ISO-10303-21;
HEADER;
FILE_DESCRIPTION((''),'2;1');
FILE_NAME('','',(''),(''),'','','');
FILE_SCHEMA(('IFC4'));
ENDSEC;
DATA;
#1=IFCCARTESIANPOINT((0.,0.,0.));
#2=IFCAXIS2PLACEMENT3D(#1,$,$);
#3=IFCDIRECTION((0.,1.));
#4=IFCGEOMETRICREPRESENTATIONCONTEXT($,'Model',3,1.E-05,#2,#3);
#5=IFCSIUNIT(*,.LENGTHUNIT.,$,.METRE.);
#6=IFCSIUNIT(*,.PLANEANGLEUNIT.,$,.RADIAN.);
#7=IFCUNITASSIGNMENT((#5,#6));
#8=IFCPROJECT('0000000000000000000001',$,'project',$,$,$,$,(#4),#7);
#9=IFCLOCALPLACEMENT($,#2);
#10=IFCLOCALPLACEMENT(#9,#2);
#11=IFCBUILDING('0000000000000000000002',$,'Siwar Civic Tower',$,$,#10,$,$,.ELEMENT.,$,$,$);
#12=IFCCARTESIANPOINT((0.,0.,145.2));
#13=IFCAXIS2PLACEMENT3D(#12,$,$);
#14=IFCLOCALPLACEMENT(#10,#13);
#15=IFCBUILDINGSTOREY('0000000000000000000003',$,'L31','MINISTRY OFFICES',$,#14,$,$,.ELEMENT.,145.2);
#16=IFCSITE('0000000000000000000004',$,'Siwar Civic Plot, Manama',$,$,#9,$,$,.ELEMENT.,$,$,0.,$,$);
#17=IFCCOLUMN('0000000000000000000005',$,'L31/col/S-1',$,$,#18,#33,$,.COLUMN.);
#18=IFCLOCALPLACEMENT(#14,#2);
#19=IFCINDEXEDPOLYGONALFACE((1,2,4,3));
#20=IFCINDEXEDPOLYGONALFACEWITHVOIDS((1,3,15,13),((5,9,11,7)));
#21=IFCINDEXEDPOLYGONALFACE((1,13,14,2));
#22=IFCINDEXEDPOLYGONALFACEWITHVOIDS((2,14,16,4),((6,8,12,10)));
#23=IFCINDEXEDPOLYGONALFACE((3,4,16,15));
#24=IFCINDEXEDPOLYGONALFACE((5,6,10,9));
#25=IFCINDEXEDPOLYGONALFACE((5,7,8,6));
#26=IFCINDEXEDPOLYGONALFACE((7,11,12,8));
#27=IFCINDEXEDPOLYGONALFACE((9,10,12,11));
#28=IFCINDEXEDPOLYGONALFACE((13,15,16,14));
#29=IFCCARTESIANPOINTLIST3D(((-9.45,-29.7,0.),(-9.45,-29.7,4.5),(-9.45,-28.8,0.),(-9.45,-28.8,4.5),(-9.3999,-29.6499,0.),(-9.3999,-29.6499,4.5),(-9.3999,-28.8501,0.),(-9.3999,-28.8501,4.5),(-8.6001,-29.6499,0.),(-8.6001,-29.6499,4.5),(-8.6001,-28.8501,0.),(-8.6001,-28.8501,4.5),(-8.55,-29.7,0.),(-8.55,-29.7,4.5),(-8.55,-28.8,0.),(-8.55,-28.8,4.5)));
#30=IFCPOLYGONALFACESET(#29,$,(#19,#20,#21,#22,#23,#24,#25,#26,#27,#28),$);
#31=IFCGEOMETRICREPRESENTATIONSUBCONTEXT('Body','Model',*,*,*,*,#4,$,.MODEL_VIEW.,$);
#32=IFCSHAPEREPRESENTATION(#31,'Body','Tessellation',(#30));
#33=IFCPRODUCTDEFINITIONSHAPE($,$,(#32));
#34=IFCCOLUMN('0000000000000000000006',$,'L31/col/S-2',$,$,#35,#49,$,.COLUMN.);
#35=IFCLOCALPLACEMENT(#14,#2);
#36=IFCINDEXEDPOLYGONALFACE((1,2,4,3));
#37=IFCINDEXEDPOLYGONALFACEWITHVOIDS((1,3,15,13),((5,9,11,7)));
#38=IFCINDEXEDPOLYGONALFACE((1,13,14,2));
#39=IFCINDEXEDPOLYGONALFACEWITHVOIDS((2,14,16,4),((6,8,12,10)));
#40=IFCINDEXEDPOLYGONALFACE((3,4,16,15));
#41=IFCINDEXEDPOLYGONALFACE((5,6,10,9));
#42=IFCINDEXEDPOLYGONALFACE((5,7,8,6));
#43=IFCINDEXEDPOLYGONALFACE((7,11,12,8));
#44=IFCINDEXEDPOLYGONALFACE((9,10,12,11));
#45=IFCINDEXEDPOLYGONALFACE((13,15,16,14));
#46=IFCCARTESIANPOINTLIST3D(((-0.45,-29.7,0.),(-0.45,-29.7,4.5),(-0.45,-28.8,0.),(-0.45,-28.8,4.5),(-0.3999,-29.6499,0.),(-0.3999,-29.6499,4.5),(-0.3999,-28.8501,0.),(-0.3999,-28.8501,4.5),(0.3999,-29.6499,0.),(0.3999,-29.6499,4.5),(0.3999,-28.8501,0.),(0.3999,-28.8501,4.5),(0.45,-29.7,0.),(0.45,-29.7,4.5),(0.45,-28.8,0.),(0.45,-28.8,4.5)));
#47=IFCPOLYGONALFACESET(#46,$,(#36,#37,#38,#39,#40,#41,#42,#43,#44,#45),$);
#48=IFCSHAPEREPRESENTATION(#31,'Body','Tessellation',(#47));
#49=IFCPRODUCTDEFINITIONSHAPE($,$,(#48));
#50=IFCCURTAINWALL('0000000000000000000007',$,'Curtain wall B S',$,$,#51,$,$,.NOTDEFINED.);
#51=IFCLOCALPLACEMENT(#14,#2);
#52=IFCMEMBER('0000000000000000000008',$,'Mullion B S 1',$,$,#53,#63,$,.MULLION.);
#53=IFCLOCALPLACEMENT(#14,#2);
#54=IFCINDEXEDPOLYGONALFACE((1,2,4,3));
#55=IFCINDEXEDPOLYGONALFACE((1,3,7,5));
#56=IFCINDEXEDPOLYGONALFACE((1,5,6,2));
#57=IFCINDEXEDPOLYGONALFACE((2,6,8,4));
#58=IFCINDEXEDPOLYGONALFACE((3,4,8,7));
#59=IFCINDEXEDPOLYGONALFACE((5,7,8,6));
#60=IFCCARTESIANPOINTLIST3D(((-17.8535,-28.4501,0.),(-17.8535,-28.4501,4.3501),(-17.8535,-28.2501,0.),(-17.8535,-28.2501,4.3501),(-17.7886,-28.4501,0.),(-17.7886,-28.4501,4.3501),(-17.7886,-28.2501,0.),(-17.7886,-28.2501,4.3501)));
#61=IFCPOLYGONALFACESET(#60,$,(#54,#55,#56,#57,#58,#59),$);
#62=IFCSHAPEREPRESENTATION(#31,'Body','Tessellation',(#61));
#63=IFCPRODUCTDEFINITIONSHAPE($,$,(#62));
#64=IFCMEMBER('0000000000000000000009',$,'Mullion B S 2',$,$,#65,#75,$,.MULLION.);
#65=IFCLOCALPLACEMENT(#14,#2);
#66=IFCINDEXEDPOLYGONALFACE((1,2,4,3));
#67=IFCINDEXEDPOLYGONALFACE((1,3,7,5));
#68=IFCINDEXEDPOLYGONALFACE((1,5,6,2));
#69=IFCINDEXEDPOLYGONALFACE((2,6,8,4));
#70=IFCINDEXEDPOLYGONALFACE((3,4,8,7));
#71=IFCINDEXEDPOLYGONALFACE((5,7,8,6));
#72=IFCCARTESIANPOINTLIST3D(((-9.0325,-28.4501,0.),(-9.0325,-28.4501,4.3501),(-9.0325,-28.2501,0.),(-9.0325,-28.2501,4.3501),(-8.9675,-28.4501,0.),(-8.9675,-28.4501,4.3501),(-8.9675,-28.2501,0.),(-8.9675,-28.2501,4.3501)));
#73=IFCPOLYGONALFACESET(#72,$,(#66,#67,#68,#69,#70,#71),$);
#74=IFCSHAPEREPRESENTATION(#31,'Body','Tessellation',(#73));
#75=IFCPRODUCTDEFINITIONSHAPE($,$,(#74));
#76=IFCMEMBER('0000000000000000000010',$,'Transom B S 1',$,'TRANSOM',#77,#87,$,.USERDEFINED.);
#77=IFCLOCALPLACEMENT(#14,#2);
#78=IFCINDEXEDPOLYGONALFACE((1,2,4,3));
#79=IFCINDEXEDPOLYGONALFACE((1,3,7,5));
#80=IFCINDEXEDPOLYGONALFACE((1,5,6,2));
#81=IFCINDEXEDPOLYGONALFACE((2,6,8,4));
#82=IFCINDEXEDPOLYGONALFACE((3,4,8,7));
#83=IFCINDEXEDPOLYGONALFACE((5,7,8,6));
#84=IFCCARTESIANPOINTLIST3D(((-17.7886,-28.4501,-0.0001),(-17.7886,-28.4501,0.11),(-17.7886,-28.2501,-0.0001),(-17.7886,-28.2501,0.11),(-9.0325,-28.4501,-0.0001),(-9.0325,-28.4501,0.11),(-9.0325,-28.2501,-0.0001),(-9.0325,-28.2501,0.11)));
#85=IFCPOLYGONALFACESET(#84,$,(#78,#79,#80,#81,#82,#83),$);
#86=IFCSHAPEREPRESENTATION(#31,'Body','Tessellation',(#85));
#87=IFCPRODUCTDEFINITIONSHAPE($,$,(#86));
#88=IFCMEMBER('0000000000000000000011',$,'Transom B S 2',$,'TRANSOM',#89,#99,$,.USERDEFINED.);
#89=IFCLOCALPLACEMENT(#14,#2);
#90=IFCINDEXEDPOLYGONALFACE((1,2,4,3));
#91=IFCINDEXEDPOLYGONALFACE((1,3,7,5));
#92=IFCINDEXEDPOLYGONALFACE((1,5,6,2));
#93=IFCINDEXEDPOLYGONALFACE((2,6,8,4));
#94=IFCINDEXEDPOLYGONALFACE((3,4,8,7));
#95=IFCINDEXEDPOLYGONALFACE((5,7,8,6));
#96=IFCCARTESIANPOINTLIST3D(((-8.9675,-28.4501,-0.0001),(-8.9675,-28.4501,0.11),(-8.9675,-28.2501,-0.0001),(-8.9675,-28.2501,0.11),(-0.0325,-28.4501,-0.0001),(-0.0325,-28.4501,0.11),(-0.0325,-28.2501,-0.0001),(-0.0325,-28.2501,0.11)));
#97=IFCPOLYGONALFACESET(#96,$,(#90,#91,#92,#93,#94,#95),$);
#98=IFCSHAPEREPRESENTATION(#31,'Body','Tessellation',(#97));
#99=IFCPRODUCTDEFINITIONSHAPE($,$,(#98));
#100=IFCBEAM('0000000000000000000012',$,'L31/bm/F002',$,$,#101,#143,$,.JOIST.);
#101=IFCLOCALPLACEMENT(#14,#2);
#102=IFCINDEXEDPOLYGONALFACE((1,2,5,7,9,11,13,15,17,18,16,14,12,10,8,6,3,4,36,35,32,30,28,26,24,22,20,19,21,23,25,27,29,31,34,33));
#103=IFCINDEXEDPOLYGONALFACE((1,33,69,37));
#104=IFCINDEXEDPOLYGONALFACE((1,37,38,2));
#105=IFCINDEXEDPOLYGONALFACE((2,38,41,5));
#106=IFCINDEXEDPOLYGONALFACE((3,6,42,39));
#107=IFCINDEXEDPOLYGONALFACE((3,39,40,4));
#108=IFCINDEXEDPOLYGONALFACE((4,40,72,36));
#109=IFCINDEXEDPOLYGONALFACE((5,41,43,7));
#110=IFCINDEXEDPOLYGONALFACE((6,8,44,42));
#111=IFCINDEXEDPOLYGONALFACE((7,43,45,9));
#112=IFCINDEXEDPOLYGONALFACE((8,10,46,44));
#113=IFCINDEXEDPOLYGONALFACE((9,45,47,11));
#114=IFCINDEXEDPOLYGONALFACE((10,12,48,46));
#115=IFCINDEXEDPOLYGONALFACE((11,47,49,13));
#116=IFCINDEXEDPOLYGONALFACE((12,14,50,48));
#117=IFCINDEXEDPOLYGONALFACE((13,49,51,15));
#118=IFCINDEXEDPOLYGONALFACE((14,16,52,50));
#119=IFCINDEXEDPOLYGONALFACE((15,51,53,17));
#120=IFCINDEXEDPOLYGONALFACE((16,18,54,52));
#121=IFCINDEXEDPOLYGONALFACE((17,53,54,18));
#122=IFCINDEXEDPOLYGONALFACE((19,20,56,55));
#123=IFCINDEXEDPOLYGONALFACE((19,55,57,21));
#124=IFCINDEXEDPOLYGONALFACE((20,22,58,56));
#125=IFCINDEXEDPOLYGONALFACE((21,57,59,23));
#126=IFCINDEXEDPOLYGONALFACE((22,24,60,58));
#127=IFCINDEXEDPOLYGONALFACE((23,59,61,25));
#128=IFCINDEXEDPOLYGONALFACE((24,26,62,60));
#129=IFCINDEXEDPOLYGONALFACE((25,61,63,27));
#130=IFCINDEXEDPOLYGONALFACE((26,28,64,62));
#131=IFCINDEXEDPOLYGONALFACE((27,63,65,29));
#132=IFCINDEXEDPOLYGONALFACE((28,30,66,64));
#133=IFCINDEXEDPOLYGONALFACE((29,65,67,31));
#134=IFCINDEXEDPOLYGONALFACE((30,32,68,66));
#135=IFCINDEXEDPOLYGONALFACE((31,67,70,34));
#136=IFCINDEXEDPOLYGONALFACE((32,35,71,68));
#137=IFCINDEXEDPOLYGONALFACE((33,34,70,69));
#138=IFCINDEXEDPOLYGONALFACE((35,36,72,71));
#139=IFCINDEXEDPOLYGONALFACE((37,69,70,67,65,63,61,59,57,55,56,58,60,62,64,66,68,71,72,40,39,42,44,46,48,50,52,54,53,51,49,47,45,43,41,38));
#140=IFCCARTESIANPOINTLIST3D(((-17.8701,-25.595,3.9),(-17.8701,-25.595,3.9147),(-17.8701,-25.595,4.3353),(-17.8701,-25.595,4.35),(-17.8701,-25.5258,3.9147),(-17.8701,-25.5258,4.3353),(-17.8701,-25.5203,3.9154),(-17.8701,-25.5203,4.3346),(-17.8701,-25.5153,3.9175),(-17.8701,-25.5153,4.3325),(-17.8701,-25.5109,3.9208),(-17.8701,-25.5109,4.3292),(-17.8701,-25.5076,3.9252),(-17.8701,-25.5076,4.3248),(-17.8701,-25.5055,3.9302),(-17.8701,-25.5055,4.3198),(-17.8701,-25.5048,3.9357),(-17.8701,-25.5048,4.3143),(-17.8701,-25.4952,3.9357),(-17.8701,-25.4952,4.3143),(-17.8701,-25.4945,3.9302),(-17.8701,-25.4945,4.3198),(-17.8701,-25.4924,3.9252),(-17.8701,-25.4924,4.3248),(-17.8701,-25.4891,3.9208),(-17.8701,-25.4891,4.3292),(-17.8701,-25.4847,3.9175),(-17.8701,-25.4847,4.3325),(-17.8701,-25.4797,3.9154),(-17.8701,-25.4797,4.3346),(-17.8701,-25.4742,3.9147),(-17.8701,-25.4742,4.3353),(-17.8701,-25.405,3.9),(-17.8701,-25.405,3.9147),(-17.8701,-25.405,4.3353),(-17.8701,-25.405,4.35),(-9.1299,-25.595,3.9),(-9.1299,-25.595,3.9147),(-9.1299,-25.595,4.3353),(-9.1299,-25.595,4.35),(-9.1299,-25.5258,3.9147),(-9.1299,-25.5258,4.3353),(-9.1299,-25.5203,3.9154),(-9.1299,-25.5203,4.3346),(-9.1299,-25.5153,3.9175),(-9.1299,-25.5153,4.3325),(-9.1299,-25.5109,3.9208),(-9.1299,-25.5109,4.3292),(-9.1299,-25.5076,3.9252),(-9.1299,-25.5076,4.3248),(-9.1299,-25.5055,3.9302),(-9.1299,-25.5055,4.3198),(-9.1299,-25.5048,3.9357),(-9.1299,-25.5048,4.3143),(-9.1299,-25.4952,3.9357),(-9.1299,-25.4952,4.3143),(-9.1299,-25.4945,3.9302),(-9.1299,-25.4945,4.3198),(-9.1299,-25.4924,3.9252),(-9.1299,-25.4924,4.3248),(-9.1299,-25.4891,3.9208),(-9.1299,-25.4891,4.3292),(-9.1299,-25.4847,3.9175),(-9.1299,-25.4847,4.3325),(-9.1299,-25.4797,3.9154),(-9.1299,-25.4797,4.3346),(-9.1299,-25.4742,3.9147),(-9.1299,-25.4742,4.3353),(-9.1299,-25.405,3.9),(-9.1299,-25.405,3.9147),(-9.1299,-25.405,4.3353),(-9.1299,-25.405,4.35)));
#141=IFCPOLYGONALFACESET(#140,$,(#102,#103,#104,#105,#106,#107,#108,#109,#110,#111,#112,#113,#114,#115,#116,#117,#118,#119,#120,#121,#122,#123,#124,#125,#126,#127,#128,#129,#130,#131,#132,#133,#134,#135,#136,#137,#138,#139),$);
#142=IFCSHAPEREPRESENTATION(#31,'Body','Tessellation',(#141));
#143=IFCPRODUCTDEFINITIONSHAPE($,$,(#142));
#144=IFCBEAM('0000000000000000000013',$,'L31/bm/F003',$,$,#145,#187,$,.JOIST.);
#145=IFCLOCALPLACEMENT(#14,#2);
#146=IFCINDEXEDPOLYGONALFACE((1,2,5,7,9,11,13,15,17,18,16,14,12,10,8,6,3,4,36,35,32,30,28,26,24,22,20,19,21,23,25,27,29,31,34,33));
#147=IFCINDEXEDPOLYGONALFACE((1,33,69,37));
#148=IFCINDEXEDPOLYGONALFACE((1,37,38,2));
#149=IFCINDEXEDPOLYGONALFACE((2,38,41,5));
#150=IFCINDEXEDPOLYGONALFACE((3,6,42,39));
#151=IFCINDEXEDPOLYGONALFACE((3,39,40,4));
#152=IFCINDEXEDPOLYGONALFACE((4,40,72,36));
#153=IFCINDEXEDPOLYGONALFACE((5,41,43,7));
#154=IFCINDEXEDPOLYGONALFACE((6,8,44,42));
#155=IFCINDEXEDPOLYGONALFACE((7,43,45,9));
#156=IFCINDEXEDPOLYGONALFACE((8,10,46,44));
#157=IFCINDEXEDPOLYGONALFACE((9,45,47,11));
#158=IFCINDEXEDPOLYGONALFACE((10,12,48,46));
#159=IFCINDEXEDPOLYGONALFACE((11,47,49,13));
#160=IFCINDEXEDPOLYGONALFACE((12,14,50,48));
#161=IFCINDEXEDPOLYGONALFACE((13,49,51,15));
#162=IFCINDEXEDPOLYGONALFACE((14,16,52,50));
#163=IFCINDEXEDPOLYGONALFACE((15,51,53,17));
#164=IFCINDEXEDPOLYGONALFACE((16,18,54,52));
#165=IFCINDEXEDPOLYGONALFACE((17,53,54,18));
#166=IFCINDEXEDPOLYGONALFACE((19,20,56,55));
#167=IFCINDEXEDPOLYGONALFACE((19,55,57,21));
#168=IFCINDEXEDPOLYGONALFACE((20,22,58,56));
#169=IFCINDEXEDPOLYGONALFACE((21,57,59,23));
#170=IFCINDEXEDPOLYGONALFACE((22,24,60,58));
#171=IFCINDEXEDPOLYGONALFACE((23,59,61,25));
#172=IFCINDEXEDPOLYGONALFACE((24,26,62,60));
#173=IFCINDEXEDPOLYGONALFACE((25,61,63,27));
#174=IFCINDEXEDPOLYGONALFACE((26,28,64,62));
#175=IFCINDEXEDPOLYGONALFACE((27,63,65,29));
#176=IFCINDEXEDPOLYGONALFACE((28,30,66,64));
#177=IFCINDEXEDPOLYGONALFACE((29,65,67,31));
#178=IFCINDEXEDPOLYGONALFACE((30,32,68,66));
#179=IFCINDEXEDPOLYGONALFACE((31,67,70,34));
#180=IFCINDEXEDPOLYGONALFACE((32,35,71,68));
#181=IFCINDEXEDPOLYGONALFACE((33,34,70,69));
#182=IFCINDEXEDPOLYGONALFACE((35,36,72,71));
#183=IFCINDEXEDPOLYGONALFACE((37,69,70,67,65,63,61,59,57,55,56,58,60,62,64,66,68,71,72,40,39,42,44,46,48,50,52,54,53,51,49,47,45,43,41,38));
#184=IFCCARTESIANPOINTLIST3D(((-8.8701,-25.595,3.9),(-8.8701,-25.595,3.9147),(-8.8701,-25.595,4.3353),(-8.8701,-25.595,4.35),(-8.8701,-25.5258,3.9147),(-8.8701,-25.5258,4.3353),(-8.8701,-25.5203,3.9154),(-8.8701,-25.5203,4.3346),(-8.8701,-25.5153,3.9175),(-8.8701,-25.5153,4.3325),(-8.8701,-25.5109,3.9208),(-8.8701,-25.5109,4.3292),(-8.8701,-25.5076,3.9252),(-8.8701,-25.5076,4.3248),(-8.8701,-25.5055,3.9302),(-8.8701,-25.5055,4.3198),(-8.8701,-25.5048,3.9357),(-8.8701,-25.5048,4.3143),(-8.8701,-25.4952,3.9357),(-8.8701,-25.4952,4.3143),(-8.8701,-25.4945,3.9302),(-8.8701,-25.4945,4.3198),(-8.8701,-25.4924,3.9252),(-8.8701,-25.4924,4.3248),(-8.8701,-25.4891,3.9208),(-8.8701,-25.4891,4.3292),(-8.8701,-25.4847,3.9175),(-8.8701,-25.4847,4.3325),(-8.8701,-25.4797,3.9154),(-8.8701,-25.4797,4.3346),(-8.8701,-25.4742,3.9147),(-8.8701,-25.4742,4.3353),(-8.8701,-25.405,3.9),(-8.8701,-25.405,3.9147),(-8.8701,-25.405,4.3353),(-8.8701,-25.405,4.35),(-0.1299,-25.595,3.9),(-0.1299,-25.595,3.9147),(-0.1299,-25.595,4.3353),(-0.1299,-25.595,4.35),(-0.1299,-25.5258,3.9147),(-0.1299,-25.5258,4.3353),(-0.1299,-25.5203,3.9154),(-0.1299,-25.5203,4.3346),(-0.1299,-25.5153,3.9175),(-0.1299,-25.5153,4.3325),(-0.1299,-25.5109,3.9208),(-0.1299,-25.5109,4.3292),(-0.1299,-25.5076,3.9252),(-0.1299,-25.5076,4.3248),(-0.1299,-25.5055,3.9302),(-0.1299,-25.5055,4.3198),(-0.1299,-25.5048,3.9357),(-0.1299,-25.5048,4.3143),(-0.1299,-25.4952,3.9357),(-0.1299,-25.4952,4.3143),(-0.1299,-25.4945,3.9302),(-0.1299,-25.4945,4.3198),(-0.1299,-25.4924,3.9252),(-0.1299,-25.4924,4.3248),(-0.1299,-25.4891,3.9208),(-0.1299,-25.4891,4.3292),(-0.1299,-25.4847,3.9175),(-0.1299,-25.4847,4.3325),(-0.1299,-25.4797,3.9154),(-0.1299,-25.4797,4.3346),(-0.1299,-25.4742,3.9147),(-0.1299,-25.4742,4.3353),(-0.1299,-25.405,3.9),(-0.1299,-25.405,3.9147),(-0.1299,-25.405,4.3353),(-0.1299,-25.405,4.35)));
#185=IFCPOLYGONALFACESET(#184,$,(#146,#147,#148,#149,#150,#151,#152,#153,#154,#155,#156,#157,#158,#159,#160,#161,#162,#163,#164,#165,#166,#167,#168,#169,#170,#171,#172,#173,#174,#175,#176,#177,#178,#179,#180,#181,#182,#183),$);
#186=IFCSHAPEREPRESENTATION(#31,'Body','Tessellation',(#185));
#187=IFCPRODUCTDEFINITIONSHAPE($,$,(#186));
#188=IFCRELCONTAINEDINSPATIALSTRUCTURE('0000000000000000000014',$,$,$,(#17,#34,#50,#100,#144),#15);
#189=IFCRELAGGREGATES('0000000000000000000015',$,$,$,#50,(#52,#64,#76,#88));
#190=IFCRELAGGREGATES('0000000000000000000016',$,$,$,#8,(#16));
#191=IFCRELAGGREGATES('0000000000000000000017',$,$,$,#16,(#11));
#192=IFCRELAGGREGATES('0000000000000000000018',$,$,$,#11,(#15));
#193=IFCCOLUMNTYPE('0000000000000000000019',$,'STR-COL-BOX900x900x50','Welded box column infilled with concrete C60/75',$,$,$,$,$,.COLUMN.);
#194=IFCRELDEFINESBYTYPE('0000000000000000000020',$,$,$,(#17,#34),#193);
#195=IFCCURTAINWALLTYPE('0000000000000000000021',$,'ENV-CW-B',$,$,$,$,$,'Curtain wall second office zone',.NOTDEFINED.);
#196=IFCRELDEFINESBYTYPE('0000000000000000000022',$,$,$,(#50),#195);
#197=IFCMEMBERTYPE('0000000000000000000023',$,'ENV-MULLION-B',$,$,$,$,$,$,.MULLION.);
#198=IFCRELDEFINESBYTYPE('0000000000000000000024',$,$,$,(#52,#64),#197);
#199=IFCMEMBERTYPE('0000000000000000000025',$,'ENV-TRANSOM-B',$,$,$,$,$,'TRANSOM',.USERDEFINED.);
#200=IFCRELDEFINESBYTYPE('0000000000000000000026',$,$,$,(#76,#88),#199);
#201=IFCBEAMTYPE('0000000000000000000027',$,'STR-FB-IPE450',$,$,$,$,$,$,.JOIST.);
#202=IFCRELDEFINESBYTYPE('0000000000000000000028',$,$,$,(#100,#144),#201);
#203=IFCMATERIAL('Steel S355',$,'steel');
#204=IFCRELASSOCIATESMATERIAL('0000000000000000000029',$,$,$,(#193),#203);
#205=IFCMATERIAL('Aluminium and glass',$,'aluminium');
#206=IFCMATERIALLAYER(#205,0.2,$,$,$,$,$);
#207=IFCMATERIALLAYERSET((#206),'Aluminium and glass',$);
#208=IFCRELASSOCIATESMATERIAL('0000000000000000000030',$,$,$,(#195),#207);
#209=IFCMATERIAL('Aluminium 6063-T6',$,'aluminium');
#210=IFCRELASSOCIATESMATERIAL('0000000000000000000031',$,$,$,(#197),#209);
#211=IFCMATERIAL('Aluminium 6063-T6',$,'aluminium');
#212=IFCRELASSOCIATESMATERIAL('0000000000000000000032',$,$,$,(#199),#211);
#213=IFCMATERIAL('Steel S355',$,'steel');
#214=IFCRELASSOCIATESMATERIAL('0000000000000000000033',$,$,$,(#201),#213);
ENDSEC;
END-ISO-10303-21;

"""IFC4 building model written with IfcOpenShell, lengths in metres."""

from ifc_helpers import new_model, si_unit, direction, frame, origin, origin_2d, place, context, subcontext, project, spatial, rectangle, hollow_rectangle, i_section, extrude, material, layer, layer_set, material_profile, profile_set, type_object, element, aggregate, save


model = new_model("IFC4")

# Units and contexts
model_context = context("Model", 3, precision=1e-05, world=origin(), true_north=direction((0.0, 1.0)))
body_context = subcontext(model_context, "Body", "Model", "MODEL_VIEW")
ifc_project = project(units=[si_unit("LENGTHUNIT", "METRE"), si_unit("PLANEANGLEUNIT", "RADIAN")], contexts=[model_context])

# Site, building, storey
site_placement = place(None, origin())
site = spatial("IfcSite", under=ifc_project, at=site_placement, Name="Siwar Civic Plot, Manama", CompositionType="ELEMENT", RefElevation=0.0)
building_placement = place(site_placement, origin())
building = spatial("IfcBuilding", under=site, at=building_placement, Name="Siwar Civic Tower", CompositionType="ELEMENT")
storey_placement = place(building_placement, frame((0.0, 0.0, 145.2)))
storey = spatial("IfcBuildingStorey", under=building, at=storey_placement, Name="L31", Description="MINISTRY OFFICES", CompositionType="ELEMENT", Elevation=145.2)

# Columns
ifc_material_1 = material(Name="Steel S355", Category="steel")
ifc_material_profile_1 = material_profile(ifc_material_1, hollow_rectangle(XDim=0.8999, YDim=0.8999, WallThickness=0.05, at=origin_2d()), Name="BOX900x900x50")
ifc_profile_set_1 = profile_set([ifc_material_profile_1], Name="Steel S355")
column_type = type_object("IfcColumnType", Name="STR-COL-BOX900x900x50", Description="Welded box column infilled with concrete C60/75", PredefinedType="COLUMN", material=ifc_profile_set_1)
for number, where, z_axis, x_axis, name in (
    (1, (-9.0, -29.25, 0.0), (0.0, 0.0, 1.0), (1.0, 0.0, 0.0), "L31/col/S-1"),
    (2, (0.0, -29.25, 0.0), (0.0, 0.0, 1.0), (1.0, 0.0, 0.0), "L31/col/S-2"),
):
    element("IfcColumn", number, at=place(storey_placement, frame(where, z_axis=z_axis, x_axis=x_axis)), inside=storey, type_object=column_type, Name=name, PredefinedType="COLUMN", context=body_context, shape_type="SweptSolid", body=[
        extrude(hollow_rectangle(XDim=0.8999, YDim=0.8999, WallThickness=0.05, at=origin_2d()), origin(), (0.0, 0.0, 1.0), 4.5),
    ])

# Curtain wall, members
ifc_material_2 = material(Name="Aluminium and glass", Category="aluminium")
ifc_layer_1 = layer(ifc_material_2, 0.2)
ifc_layer_set_1 = layer_set([ifc_layer_1], Name="Aluminium and glass")
curtain_wall_type = type_object("IfcCurtainWallType", Name="ENV-CW-B", ElementType="Curtain wall second office zone", PredefinedType="NOTDEFINED", material=ifc_layer_set_1)
curtain_wall_placement = place(storey_placement, origin())
curtain_wall = element("IfcCurtainWall", 3, at=curtain_wall_placement, inside=storey, type_object=curtain_wall_type, Name="Curtain wall B S", PredefinedType="NOTDEFINED")
ifc_material_3 = material(Name="Aluminium 6063-T6", Category="aluminium")
ifc_material_profile_2 = material_profile(ifc_material_3, rectangle(XDim=0.2, YDim=0.0649, at=origin_2d()), Name="AL 200x65")
ifc_profile_set_2 = profile_set([ifc_material_profile_2], Name="Aluminium 6063-T6")
member_type_1 = type_object("IfcMemberType", Name="ENV-MULLION-B", PredefinedType="MULLION", material=ifc_profile_set_2)
member_1_placement = place(storey_placement, frame((-17.821, -28.3501, 0.0), z_axis=(0.0, 0.0, 1.0), x_axis=(0.0, 1.0, 0.0)))
member_1 = element("IfcMember", 4, at=member_1_placement, type_object=member_type_1, Name="Mullion B S 1", PredefinedType="MULLION", context=body_context, shape_type="SweptSolid", body=[
    extrude(rectangle(XDim=0.2, YDim=0.0649, at=origin_2d()), origin(), (0.0, 0.0, 1.0), 4.3501),
])
member_2_placement = place(storey_placement, frame((-9.0, -28.3501, 0.0), z_axis=(0.0, 0.0, 1.0), x_axis=(0.0, 1.0, 0.0)))
member_2 = element("IfcMember", 5, at=member_2_placement, type_object=member_type_1, Name="Mullion B S 2", PredefinedType="MULLION", context=body_context, shape_type="SweptSolid", body=[
    extrude(rectangle(XDim=0.2, YDim=0.0649, at=origin_2d()), origin(), (0.0, 0.0, 1.0), 4.3501),
])
ifc_material_4 = material(Name="Aluminium 6063-T6", Category="aluminium")
ifc_material_profile_3 = material_profile(ifc_material_4, rectangle(XDim=0.2, YDim=0.1101, at=origin_2d()), Name="AL 200x110")
ifc_profile_set_3 = profile_set([ifc_material_profile_3], Name="Aluminium 6063-T6")
member_type_2 = type_object("IfcMemberType", Name="ENV-TRANSOM-B", ElementType="TRANSOM", PredefinedType="USERDEFINED", material=ifc_profile_set_3)
member_3_placement = place(storey_placement, frame((-17.7886, -28.3501, 0.0549), z_axis=(1.0, 0.0, 0.0), x_axis=(0.0, 1.0, 0.0)))
member_3 = element("IfcMember", 6, at=member_3_placement, type_object=member_type_2, Name="Transom B S 1", ObjectType="TRANSOM", PredefinedType="USERDEFINED", context=body_context, shape_type="SweptSolid", body=[
    extrude(rectangle(XDim=0.2, YDim=0.1101, at=origin_2d()), origin(), (0.0, 0.0, 1.0), 8.7561),
])
member_4_placement = place(storey_placement, frame((-8.9675, -28.3501, 0.0549), z_axis=(1.0, 0.0, 0.0), x_axis=(0.0, 1.0, 0.0)))
member_4 = element("IfcMember", 7, at=member_4_placement, type_object=member_type_2, Name="Transom B S 2", ObjectType="TRANSOM", PredefinedType="USERDEFINED", context=body_context, shape_type="SweptSolid", body=[
    extrude(rectangle(XDim=0.2, YDim=0.1101, at=origin_2d()), origin(), (0.0, 0.0, 1.0), 8.9351),
])

# Beams
ifc_material_5 = material(Name="Steel S355", Category="steel")
ifc_material_profile_4 = material_profile(ifc_material_5, i_section(OverallWidth=0.1899, OverallDepth=0.45, WebThickness=0.0095, FlangeThickness=0.0146, FilletRadius=0.021, at=origin_2d()), Name="IPE450")
ifc_profile_set_4 = profile_set([ifc_material_profile_4], Name="Steel S355")
beam_type_1 = type_object("IfcBeamType", Name="STR-FB-IPE450", PredefinedType="JOIST", material=ifc_profile_set_4)
for number, where, z_axis, x_axis, name in (
    (8, (-17.8701, -25.5, 4.125), (1.0, 0.0, 0.0), (0.0, 1.0, 0.0), "L31/bm/F002"),
    (9, (-8.8701, -25.5, 4.125), (1.0, 0.0, 0.0), (0.0, 1.0, 0.0), "L31/bm/F003"),
):
    element("IfcBeam", number, at=place(storey_placement, frame(where, z_axis=z_axis, x_axis=x_axis)), inside=storey, type_object=beam_type_1, Name=name, PredefinedType="JOIST", context=body_context, shape_type="SweptSolid", body=[
        extrude(i_section(OverallWidth=0.1899, OverallDepth=0.45, WebThickness=0.0095, FlangeThickness=0.0146, FilletRadius=0.021, at=origin_2d()), origin(), (0.0, 0.0, 1.0), 8.7402),
    ])

aggregate(curtain_wall, [member_1, member_2, member_3, member_4])

save(model, "model.ifc")
